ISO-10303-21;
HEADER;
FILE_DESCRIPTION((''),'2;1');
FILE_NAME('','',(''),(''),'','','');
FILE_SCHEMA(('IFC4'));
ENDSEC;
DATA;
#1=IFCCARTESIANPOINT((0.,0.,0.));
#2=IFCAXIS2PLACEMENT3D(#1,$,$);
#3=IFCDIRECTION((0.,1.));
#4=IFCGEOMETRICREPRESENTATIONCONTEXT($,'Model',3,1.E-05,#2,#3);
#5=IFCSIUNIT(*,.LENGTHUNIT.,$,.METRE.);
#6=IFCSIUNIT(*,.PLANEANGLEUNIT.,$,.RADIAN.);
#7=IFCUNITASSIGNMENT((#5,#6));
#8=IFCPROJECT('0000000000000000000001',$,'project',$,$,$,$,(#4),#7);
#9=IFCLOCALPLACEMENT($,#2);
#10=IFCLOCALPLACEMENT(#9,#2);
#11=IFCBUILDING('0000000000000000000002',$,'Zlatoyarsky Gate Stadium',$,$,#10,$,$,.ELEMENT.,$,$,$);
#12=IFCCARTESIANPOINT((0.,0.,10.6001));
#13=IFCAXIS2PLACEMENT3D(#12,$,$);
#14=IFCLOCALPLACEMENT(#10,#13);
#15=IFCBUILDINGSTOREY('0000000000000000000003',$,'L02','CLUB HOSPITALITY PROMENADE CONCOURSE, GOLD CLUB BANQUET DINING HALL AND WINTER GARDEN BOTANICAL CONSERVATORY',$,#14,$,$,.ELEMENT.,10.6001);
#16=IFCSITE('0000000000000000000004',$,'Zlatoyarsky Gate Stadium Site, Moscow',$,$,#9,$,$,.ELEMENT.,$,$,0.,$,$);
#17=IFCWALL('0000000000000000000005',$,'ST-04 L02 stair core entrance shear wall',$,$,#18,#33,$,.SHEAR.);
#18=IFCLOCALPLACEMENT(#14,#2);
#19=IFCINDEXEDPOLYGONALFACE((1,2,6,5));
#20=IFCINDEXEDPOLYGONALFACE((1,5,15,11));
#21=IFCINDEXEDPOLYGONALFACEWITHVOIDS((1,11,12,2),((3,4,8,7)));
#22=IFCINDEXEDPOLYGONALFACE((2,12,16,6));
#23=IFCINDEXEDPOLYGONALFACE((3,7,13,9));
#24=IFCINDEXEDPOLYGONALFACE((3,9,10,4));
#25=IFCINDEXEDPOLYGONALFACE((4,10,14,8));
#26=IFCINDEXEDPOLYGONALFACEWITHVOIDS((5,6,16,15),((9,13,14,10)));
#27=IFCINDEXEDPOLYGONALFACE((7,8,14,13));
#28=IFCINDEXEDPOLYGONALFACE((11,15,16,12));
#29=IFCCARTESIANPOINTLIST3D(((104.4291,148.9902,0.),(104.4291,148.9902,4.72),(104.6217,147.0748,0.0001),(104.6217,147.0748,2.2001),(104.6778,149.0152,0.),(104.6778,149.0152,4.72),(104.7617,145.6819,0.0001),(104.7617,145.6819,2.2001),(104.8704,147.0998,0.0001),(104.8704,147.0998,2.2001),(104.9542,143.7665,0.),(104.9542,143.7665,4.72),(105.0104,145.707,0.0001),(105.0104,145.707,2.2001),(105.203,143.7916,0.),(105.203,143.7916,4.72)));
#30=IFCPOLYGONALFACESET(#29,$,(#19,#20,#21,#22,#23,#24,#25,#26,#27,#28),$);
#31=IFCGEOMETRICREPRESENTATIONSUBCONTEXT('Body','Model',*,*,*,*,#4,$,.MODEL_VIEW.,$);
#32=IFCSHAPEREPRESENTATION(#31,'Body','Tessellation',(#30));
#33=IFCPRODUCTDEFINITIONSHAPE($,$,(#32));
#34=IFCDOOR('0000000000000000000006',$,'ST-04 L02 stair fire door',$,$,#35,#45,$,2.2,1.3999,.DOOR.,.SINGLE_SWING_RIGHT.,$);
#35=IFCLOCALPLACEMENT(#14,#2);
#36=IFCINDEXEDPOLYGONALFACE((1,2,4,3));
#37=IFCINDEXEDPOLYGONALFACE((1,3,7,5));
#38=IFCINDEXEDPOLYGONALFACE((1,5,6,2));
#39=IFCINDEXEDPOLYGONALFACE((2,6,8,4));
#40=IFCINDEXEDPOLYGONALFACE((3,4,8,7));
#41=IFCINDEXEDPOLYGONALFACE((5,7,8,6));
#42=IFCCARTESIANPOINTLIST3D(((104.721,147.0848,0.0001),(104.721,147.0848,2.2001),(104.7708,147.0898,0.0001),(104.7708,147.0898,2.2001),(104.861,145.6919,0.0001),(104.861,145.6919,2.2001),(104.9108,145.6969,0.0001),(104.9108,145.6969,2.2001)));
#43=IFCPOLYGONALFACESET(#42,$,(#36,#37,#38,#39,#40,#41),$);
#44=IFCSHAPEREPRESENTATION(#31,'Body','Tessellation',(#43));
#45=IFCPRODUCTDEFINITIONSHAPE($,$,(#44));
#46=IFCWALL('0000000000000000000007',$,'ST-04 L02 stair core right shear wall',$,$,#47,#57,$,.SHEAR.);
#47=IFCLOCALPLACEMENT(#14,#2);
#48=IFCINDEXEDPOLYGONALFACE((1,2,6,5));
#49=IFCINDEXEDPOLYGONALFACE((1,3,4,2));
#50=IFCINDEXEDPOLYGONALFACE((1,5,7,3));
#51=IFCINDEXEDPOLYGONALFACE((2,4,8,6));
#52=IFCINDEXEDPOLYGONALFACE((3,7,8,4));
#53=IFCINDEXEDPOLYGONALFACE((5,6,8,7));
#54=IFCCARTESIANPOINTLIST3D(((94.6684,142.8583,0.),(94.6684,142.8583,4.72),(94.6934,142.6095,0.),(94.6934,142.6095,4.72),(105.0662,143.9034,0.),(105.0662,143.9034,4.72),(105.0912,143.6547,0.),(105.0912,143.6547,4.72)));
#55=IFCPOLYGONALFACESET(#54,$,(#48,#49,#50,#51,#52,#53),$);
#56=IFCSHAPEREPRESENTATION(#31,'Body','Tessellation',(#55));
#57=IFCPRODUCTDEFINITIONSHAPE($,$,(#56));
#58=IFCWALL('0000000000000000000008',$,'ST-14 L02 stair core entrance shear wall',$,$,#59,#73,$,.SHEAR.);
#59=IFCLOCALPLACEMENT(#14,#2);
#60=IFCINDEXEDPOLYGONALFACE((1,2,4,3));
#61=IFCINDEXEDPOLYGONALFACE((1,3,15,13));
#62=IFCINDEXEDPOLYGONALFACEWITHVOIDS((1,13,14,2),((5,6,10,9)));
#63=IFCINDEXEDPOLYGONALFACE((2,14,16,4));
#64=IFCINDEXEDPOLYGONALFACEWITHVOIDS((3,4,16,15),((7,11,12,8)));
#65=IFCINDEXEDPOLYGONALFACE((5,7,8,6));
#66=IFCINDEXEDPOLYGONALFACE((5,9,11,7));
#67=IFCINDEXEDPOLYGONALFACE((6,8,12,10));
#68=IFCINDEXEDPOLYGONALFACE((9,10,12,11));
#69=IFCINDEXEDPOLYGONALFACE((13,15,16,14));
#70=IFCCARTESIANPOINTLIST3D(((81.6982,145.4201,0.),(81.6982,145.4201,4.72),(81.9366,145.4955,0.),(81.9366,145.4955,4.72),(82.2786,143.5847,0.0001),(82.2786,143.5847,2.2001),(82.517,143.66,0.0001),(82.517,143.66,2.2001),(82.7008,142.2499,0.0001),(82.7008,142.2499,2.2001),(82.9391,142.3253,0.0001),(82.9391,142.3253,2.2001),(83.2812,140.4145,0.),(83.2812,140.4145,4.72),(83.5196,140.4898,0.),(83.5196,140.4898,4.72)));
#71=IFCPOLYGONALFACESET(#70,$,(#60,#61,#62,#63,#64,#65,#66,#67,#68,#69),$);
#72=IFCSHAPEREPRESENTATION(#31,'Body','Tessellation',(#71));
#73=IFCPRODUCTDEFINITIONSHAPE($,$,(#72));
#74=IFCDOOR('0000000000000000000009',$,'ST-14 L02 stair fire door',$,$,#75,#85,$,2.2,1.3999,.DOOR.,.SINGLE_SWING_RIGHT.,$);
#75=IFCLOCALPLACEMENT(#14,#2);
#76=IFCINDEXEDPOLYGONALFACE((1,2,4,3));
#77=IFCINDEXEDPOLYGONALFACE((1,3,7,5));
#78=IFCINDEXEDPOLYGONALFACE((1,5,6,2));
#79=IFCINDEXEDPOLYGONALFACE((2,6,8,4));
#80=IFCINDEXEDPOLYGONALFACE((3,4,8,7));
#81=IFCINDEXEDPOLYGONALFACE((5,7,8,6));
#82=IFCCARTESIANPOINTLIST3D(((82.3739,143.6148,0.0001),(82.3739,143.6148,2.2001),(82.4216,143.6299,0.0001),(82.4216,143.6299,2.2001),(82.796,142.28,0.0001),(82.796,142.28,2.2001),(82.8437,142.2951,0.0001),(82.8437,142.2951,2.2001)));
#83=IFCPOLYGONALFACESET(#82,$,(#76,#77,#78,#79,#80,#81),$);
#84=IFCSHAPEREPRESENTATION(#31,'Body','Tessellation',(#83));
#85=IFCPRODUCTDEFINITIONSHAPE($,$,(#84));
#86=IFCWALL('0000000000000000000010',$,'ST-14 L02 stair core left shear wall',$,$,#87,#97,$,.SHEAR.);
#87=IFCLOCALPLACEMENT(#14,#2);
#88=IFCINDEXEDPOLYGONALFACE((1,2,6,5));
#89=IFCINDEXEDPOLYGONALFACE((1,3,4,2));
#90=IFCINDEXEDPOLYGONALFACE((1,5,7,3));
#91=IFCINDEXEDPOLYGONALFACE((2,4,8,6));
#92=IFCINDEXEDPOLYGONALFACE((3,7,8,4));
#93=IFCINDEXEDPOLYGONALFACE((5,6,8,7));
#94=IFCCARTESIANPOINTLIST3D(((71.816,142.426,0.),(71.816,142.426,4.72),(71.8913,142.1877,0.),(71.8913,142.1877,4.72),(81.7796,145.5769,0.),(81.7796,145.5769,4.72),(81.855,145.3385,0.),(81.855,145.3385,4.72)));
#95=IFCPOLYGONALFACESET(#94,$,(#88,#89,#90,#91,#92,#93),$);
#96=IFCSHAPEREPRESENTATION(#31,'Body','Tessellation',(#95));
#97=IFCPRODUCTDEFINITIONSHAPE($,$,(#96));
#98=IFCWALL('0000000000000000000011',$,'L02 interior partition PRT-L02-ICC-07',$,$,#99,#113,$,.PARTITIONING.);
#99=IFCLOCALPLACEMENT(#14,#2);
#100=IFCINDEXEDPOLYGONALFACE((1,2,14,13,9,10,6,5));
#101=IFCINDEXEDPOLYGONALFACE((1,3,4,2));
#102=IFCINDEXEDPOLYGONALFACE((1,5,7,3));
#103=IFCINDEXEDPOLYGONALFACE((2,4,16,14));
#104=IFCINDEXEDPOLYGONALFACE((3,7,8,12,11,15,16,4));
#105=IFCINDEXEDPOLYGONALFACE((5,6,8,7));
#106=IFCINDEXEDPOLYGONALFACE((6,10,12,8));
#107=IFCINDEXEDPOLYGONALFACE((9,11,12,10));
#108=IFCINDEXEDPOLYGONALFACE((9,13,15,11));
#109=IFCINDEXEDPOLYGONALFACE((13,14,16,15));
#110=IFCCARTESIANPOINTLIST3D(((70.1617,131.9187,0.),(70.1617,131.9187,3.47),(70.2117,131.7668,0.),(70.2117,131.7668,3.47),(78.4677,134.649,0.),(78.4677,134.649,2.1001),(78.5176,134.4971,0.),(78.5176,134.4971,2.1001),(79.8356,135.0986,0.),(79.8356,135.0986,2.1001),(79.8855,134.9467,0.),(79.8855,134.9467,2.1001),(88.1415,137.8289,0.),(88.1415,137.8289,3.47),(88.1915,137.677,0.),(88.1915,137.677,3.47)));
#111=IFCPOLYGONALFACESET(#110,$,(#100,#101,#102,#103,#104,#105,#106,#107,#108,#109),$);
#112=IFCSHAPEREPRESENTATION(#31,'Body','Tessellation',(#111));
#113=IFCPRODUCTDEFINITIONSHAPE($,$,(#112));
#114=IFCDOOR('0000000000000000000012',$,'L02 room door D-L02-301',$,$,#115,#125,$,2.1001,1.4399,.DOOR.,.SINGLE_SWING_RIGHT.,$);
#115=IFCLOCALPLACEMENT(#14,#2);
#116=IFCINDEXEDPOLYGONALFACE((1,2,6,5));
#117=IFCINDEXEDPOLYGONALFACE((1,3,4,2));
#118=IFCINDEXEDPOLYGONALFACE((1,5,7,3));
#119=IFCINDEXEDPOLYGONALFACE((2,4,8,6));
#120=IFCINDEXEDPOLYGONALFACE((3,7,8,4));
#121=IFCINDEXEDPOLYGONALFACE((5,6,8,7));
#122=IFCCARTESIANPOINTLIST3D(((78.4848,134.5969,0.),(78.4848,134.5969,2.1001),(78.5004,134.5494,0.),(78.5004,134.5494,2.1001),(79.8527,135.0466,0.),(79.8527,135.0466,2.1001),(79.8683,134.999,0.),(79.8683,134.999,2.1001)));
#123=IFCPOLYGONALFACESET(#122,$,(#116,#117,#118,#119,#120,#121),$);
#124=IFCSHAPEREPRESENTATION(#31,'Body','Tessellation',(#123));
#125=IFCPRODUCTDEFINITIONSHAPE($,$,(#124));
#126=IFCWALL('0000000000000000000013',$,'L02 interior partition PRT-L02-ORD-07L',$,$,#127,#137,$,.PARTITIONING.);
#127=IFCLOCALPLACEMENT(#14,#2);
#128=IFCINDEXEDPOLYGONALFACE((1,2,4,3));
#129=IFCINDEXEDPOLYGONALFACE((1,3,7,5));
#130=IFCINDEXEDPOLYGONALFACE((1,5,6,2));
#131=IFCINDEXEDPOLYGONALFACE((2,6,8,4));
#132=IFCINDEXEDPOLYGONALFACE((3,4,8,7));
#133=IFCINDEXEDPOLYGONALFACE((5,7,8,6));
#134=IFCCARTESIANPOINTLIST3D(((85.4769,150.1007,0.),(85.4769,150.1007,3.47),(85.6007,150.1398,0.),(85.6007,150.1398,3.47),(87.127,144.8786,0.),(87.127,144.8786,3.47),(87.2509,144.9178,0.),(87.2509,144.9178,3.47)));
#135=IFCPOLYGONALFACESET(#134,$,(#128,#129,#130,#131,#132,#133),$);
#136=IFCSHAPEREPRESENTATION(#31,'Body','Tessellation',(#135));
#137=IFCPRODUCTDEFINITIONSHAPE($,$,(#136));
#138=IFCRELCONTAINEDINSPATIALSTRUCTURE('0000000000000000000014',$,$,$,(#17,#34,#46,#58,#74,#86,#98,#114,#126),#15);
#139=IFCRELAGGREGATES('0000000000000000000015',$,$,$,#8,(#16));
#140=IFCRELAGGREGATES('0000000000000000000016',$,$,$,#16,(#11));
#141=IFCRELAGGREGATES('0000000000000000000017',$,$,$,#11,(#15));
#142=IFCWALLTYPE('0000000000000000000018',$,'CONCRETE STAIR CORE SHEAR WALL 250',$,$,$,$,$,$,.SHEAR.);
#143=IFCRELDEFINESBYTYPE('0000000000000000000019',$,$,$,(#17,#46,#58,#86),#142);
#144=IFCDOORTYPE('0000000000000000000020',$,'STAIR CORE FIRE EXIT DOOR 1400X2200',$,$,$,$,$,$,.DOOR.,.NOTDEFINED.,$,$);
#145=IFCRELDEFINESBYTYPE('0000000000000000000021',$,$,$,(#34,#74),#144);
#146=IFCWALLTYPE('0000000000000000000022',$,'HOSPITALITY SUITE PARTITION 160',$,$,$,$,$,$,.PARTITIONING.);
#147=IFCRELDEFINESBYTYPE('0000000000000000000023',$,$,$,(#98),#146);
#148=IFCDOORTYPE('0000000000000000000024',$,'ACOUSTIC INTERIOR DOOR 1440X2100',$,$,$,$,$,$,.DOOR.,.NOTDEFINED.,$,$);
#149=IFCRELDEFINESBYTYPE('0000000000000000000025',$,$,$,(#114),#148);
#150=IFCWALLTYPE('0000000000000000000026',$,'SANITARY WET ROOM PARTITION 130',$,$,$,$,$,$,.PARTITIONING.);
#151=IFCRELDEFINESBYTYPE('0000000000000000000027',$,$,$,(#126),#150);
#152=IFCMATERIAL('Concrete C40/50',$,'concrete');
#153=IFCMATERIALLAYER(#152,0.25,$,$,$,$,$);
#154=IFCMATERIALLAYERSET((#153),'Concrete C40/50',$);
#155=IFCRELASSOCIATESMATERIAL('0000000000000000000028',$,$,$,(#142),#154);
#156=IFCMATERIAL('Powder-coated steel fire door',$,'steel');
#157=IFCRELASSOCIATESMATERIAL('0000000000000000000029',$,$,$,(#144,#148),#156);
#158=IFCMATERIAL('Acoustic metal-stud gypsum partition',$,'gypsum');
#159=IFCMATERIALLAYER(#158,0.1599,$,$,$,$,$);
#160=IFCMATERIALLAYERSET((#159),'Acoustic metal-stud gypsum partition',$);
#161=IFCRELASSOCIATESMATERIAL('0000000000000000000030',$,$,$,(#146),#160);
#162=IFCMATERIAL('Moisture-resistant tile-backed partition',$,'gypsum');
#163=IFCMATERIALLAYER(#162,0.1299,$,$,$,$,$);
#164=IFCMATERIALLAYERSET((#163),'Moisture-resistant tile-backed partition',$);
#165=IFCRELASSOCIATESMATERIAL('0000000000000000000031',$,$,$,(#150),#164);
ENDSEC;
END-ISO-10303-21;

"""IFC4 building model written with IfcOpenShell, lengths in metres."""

from ifc_helpers import new_model, si_unit, direction, frame, frame_2d, origin, place, context, subcontext, project, spatial, rectangle, extrude, material, layer, layer_set, type_object, element, fill, save


model = new_model("IFC4")

# Units and contexts
model_context = context("Model", 3, precision=1e-05, world=origin(), true_north=direction((0.0, 1.0)))
body_context = subcontext(model_context, "Body", "Model", "MODEL_VIEW")
ifc_project = project(units=[si_unit("LENGTHUNIT", "METRE"), si_unit("PLANEANGLEUNIT", "RADIAN")], contexts=[model_context])

# Site, building, storey
site_placement = place(None, origin())
site = spatial("IfcSite", under=ifc_project, at=site_placement, Name="Zlatoyarsky Gate Stadium Site, Moscow", CompositionType="ELEMENT", RefElevation=0.0)
building_placement = place(site_placement, origin())
building = spatial("IfcBuilding", under=site, at=building_placement, Name="Zlatoyarsky Gate Stadium", CompositionType="ELEMENT")
storey_placement = place(building_placement, frame((0.0, 0.0, 10.6001)))
storey = spatial("IfcBuildingStorey", under=building, at=storey_placement, Name="L02", Description="CLUB HOSPITALITY PROMENADE CONCOURSE, GOLD CLUB BANQUET DINING HALL AND WINTER GARDEN BOTANICAL CONSERVATORY", CompositionType="ELEMENT", Elevation=10.6001)

# Shared definitions
ifc_material_1 = material(Name="Concrete C40/50", Category="concrete")

# Wall, opening, door
ifc_layer_1 = layer(ifc_material_1, 0.25)
ifc_layer_set_1 = layer_set([ifc_layer_1], Name="Concrete C40/50")
wall_type_1 = type_object("IfcWallType", Name="CONCRETE STAIR CORE SHEAR WALL 250", PredefinedType="SHEAR", material=ifc_layer_set_1)
wall_1_placement = place(storey_placement, frame((105.0786, 143.7791, 0.0), z_axis=(0.0, 0.0, 1.0), x_axis=(-0.100029, 0.994985, 0.0)))
wall_1 = element("IfcWall", 1, at=wall_1_placement, inside=storey, type_object=wall_type_1, Name="ST-04 L02 stair core entrance shear wall", PredefinedType="SHEAR", context=body_context, shape_type="SweptSolid", body=[
    extrude(rectangle(XDim=5.25, YDim=0.25, at=frame_2d((2.625, 0.0))), origin(), (0.0, 0.0, 1.0), 4.72),
])
opening_1_placement = place(wall_1_placement, frame((1.925, 0.0, 0.0)))
opening_1 = element("IfcOpeningElement", 2, at=opening_1_placement, cuts=wall_1, PredefinedType="OPENING", context=body_context, shape_type="SweptSolid", body=[
    extrude(rectangle(XDim=1.3999, YDim=2.2, at=frame_2d((0.7, 1.1001))), frame((0.0, 0.135, 0.0), z_axis=(0.0, -1.0, 0.0), x_axis=(1.0, 0.0, 0.0)), (0.0, 0.0, 1.0), 0.27),
])
ifc_material_2 = material(Name="Powder-coated steel fire door", Category="steel")
door_type_1 = type_object("IfcDoorType", Name="STAIR CORE FIRE EXIT DOOR 1400X2200", OperationType="NOTDEFINED", PredefinedType="DOOR", material=ifc_material_2)
door_1_placement = place(opening_1_placement, frame((1.3999, 0.0, 0.0), z_axis=(0.0, 0.0, 1.0), x_axis=(-1.0, 0.0, 0.0)))
door_1 = element("IfcDoor", 3, at=door_1_placement, inside=storey, type_object=door_type_1, Name="ST-04 L02 stair fire door", OperationType="SINGLE_SWING_RIGHT", OverallHeight=2.2, OverallWidth=1.3999, PredefinedType="DOOR", context=body_context, shape_type="SweptSolid", body=[
    extrude(rectangle(XDim=1.3999, YDim=2.2, at=frame_2d((0.7, 1.1001))), frame((0.0, 0.0249, 0.0), z_axis=(0.0, -1.0, 0.0), x_axis=(1.0, 0.0, 0.0)), (0.0, 0.0, 1.0), 0.05),
])
fill(opening_1, door_1)

# Wall
wall_2_placement = place(storey_placement, frame((94.6809, 142.7339, 0.0), z_axis=(0.0, 0.0, 1.0), x_axis=(0.994986, 0.100015, 0.0)))
element("IfcWall", 4, at=wall_2_placement, inside=storey, type_object=wall_type_1, Name="ST-04 L02 stair core right shear wall", PredefinedType="SHEAR", context=body_context, shape_type="SweptSolid", body=[
    extrude(rectangle(XDim=10.4502, YDim=0.25, at=frame_2d((5.2251, 0.0))), origin(), (0.0, 0.0, 1.0), 4.72),
])

# Wall, opening, door
wall_3_placement = place(storey_placement, frame((83.4004, 140.4521, 0.0), z_axis=(0.0, 0.0, 1.0), x_axis=(-0.301527, 0.953457, 0.0)))
wall_3 = element("IfcWall", 5, at=wall_3_placement, inside=storey, type_object=wall_type_1, Name="ST-14 L02 stair core entrance shear wall", PredefinedType="SHEAR", context=body_context, shape_type="SweptSolid", body=[
    extrude(rectangle(XDim=5.25, YDim=0.25, at=frame_2d((2.625, 0.0))), origin(), (0.0, 0.0, 1.0), 4.72),
])
opening_2_placement = place(wall_3_placement, frame((1.925, 0.0, 0.0)))
opening_2 = element("IfcOpeningElement", 6, at=opening_2_placement, cuts=wall_3, PredefinedType="OPENING", context=body_context, shape_type="SweptSolid", body=[
    extrude(rectangle(XDim=1.3999, YDim=2.2, at=frame_2d((0.7, 1.1001))), frame((0.0, 0.135, 0.0), z_axis=(0.0, -1.0, 0.0), x_axis=(1.0, 0.0, 0.0)), (0.0, 0.0, 1.0), 0.27),
])
door_2_placement = place(opening_2_placement, frame((1.3999, 0.0, 0.0), z_axis=(0.0, 0.0, 1.0), x_axis=(-1.0, 0.0, 0.0)))
door_2 = element("IfcDoor", 7, at=door_2_placement, inside=storey, type_object=door_type_1, Name="ST-14 L02 stair fire door", OperationType="SINGLE_SWING_RIGHT", OverallHeight=2.2, OverallWidth=1.3999, PredefinedType="DOOR", context=body_context, shape_type="SweptSolid", body=[
    extrude(rectangle(XDim=1.3999, YDim=2.2, at=frame_2d((0.7, 1.1001))), frame((0.0, 0.0249, 0.0), z_axis=(0.0, -1.0, 0.0), x_axis=(1.0, 0.0, 0.0)), (0.0, 0.0, 1.0), 0.05),
])
fill(opening_2, door_2)

# Wall
wall_4_placement = place(storey_placement, frame((81.8174, 145.4578, 0.0), z_axis=(0.0, 0.0, 1.0), x_axis=(-0.95346, -0.30152, 0.0)))
element("IfcWall", 8, at=wall_4_placement, inside=storey, type_object=wall_type_1, Name="ST-14 L02 stair core left shear wall", PredefinedType="SHEAR", context=body_context, shape_type="SweptSolid", body=[
    extrude(rectangle(XDim=10.45, YDim=0.25, at=frame_2d((5.2251, 0.0))), origin(), (0.0, 0.0, 1.0), 4.72),
])

# Wall, opening, door
ifc_material_3 = material(Name="Acoustic metal-stud gypsum partition", Category="gypsum")
ifc_layer_2 = layer(ifc_material_3, 0.1599)
ifc_layer_set_2 = layer_set([ifc_layer_2], Name="Acoustic metal-stud gypsum partition")
wall_type_2 = type_object("IfcWallType", Name="HOSPITALITY SUITE PARTITION 160", PredefinedType="PARTITIONING", material=ifc_layer_set_2)
wall_5_placement = place(storey_placement, frame((88.1665, 137.7529, 0.0), z_axis=(0.0, 0.0, 1.0), x_axis=(-0.949992, -0.312274, 0.0)))
wall_5 = element("IfcWall", 9, at=wall_5_placement, inside=storey, type_object=wall_type_2, Name="L02 interior partition PRT-L02-ICC-07", PredefinedType="PARTITIONING", context=body_context, shape_type="SweptSolid", body=[
    extrude(rectangle(XDim=18.9263, YDim=0.1599, at=frame_2d((9.4631, 0.0))), origin(), (0.0, 0.0, 1.0), 3.47),
])
opening_3_placement = place(wall_5_placement, frame((8.7432, 0.0, 0.0)))
opening_3 = element("IfcOpeningElement", 10, at=opening_3_placement, cuts=wall_5, PredefinedType="OPENING", context=body_context, shape_type="SweptSolid", body=[
    extrude(rectangle(XDim=1.4399, YDim=2.1001, at=frame_2d((0.72, 1.05))), frame((0.0, 0.0898, 0.0), z_axis=(0.0, -1.0, 0.0), x_axis=(1.0, 0.0, 0.0)), (0.0, 0.0, 1.0), 0.1799),
])
door_type_2 = type_object("IfcDoorType", Name="ACOUSTIC INTERIOR DOOR 1440X2100", OperationType="NOTDEFINED", PredefinedType="DOOR", material=ifc_material_2)
door_3_placement = place(opening_3_placement, origin())
door_3 = element("IfcDoor", 11, at=door_3_placement, inside=storey, type_object=door_type_2, Name="L02 room door D-L02-301", OperationType="SINGLE_SWING_RIGHT", OverallHeight=2.1001, OverallWidth=1.4399, PredefinedType="DOOR", context=body_context, shape_type="SweptSolid", body=[
    extrude(rectangle(XDim=1.4399, YDim=2.1001, at=frame_2d((0.72, 1.05))), frame((0.0, 0.0249, 0.0), z_axis=(0.0, -1.0, 0.0), x_axis=(1.0, 0.0, 0.0)), (0.0, 0.0, 1.0), 0.05),
])
fill(opening_3, door_3)

# Wall
ifc_material_4 = material(Name="Moisture-resistant tile-backed partition", Category="gypsum")
ifc_layer_3 = layer(ifc_material_4, 0.1299)
ifc_layer_set_3 = layer_set([ifc_layer_3], Name="Moisture-resistant tile-backed partition")
wall_type_3 = type_object("IfcWallType", Name="SANITARY WET ROOM PARTITION 130", PredefinedType="PARTITIONING", material=ifc_layer_set_3)
wall_6_placement = place(storey_placement, frame((87.189, 144.8982, 0.0), z_axis=(0.0, 0.0, 1.0), x_axis=(-0.301317, 0.953524, 0.0)))
element("IfcWall", 12, at=wall_6_placement, inside=storey, type_object=wall_type_3, Name="L02 interior partition PRT-L02-ORD-07L", PredefinedType="PARTITIONING", context=body_context, shape_type="SweptSolid", body=[
    extrude(rectangle(XDim=5.4766, YDim=0.1299, at=frame_2d((2.7383, 0.0))), origin(), (0.0, 0.0, 1.0), 3.47),
])

save(model, "model.ifc")
